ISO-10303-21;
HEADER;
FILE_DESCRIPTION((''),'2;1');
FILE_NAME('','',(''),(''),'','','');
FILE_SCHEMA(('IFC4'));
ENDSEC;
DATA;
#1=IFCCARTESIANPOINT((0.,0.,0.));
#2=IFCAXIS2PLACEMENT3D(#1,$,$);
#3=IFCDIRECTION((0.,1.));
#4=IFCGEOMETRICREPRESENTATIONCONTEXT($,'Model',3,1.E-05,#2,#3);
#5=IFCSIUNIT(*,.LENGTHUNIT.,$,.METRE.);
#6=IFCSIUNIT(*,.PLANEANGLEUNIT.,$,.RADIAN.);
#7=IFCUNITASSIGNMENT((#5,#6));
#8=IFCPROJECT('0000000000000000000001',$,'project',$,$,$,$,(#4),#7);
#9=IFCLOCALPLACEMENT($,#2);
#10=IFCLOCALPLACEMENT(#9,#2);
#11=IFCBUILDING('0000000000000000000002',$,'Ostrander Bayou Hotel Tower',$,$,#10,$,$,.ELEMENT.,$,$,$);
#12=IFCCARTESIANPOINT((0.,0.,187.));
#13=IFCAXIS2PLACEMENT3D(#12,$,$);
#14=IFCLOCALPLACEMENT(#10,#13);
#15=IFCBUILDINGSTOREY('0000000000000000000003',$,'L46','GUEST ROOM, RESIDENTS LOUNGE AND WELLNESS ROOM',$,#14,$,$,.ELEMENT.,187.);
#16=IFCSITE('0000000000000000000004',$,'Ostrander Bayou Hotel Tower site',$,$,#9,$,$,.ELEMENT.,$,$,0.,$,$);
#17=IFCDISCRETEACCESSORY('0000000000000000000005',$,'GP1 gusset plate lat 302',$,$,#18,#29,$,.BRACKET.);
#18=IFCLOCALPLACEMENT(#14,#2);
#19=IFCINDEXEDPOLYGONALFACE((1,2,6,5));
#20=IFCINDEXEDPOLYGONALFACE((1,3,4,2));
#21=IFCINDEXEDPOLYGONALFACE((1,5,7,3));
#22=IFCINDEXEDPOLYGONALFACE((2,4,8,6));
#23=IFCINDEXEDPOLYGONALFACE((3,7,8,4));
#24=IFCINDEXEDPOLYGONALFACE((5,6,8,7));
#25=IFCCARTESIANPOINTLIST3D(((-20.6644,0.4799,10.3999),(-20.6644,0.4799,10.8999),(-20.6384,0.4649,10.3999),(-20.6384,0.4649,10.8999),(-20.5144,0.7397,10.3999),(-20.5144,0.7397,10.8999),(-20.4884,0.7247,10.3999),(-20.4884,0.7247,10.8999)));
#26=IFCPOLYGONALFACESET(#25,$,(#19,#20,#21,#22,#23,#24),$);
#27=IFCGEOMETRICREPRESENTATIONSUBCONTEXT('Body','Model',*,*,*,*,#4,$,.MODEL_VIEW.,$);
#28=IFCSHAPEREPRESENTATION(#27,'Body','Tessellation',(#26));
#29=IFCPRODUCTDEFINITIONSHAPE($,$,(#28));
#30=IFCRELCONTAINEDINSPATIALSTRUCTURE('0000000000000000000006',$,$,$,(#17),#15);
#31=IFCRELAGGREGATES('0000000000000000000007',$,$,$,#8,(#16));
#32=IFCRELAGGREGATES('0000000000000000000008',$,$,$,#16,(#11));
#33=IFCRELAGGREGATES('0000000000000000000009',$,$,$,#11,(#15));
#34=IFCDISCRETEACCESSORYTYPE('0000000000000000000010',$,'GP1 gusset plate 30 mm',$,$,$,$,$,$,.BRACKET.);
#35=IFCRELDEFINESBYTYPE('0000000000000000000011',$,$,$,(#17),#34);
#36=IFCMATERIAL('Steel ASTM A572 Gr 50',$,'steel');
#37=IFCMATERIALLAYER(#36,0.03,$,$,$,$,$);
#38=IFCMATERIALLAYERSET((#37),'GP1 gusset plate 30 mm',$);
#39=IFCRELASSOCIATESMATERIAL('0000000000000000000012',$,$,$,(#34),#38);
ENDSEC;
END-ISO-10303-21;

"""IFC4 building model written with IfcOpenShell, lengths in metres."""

from ifc_helpers import new_model, si_unit, direction, frame, origin, origin_2d, place, context, subcontext, project, spatial, rectangle, extrude, material, layer, layer_set, type_object, element, save


model = new_model("IFC4")

# Units and contexts
model_context = context("Model", 3, precision=1e-05, world=origin(), true_north=direction((0.0, 1.0)))
body_context = subcontext(model_context, "Body", "Model", "MODEL_VIEW")
ifc_project = project(units=[si_unit("LENGTHUNIT", "METRE"), si_unit("PLANEANGLEUNIT", "RADIAN")], contexts=[model_context])

# Site, building, storey
site_placement = place(None, origin())
site = spatial("IfcSite", under=ifc_project, at=site_placement, Name="Ostrander Bayou Hotel Tower site", CompositionType="ELEMENT", RefElevation=0.0)
building_placement = place(site_placement, origin())
building = spatial("IfcBuilding", under=site, at=building_placement, Name="Ostrander Bayou Hotel Tower", CompositionType="ELEMENT")
storey_placement = place(building_placement, frame((0.0, 0.0, 187.0)))
storey = spatial("IfcBuildingStorey", under=building, at=storey_placement, Name="L46", Description="GUEST ROOM, RESIDENTS LOUNGE AND WELLNESS ROOM", CompositionType="ELEMENT", Elevation=187.0)

# Discrete accessory
ifc_material_1 = material(Name="Steel ASTM A572 Gr 50", Category="steel")
ifc_layer_1 = layer(ifc_material_1, 0.03)
ifc_layer_set_1 = layer_set([ifc_layer_1], Name="GP1 gusset plate 30 mm")
discrete_accessory_type = type_object("IfcDiscreteAccessoryType", Name="GP1 gusset plate 30 mm", PredefinedType="BRACKET", material=ifc_layer_set_1)
for number, where, z_axis, x_axis, name in (
    (1, (-20.5764, 0.6023, 10.3999), (0.0, 0.0, 1.0), (-0.5, -0.866025, 0.0), "GP1 gusset plate lat 302"),
):
    element("IfcDiscreteAccessory", number, at=place(storey_placement, frame(where, z_axis=z_axis, x_axis=x_axis)), inside=storey, type_object=discrete_accessory_type, Name=name, PredefinedType="BRACKET", context=body_context, shape_type="SweptSolid", body=[
        extrude(rectangle(XDim=0.3, YDim=0.03, at=origin_2d()), origin(), (0.0, 0.0, 1.0), 0.5),
    ])

save(model, "model.ifc")
